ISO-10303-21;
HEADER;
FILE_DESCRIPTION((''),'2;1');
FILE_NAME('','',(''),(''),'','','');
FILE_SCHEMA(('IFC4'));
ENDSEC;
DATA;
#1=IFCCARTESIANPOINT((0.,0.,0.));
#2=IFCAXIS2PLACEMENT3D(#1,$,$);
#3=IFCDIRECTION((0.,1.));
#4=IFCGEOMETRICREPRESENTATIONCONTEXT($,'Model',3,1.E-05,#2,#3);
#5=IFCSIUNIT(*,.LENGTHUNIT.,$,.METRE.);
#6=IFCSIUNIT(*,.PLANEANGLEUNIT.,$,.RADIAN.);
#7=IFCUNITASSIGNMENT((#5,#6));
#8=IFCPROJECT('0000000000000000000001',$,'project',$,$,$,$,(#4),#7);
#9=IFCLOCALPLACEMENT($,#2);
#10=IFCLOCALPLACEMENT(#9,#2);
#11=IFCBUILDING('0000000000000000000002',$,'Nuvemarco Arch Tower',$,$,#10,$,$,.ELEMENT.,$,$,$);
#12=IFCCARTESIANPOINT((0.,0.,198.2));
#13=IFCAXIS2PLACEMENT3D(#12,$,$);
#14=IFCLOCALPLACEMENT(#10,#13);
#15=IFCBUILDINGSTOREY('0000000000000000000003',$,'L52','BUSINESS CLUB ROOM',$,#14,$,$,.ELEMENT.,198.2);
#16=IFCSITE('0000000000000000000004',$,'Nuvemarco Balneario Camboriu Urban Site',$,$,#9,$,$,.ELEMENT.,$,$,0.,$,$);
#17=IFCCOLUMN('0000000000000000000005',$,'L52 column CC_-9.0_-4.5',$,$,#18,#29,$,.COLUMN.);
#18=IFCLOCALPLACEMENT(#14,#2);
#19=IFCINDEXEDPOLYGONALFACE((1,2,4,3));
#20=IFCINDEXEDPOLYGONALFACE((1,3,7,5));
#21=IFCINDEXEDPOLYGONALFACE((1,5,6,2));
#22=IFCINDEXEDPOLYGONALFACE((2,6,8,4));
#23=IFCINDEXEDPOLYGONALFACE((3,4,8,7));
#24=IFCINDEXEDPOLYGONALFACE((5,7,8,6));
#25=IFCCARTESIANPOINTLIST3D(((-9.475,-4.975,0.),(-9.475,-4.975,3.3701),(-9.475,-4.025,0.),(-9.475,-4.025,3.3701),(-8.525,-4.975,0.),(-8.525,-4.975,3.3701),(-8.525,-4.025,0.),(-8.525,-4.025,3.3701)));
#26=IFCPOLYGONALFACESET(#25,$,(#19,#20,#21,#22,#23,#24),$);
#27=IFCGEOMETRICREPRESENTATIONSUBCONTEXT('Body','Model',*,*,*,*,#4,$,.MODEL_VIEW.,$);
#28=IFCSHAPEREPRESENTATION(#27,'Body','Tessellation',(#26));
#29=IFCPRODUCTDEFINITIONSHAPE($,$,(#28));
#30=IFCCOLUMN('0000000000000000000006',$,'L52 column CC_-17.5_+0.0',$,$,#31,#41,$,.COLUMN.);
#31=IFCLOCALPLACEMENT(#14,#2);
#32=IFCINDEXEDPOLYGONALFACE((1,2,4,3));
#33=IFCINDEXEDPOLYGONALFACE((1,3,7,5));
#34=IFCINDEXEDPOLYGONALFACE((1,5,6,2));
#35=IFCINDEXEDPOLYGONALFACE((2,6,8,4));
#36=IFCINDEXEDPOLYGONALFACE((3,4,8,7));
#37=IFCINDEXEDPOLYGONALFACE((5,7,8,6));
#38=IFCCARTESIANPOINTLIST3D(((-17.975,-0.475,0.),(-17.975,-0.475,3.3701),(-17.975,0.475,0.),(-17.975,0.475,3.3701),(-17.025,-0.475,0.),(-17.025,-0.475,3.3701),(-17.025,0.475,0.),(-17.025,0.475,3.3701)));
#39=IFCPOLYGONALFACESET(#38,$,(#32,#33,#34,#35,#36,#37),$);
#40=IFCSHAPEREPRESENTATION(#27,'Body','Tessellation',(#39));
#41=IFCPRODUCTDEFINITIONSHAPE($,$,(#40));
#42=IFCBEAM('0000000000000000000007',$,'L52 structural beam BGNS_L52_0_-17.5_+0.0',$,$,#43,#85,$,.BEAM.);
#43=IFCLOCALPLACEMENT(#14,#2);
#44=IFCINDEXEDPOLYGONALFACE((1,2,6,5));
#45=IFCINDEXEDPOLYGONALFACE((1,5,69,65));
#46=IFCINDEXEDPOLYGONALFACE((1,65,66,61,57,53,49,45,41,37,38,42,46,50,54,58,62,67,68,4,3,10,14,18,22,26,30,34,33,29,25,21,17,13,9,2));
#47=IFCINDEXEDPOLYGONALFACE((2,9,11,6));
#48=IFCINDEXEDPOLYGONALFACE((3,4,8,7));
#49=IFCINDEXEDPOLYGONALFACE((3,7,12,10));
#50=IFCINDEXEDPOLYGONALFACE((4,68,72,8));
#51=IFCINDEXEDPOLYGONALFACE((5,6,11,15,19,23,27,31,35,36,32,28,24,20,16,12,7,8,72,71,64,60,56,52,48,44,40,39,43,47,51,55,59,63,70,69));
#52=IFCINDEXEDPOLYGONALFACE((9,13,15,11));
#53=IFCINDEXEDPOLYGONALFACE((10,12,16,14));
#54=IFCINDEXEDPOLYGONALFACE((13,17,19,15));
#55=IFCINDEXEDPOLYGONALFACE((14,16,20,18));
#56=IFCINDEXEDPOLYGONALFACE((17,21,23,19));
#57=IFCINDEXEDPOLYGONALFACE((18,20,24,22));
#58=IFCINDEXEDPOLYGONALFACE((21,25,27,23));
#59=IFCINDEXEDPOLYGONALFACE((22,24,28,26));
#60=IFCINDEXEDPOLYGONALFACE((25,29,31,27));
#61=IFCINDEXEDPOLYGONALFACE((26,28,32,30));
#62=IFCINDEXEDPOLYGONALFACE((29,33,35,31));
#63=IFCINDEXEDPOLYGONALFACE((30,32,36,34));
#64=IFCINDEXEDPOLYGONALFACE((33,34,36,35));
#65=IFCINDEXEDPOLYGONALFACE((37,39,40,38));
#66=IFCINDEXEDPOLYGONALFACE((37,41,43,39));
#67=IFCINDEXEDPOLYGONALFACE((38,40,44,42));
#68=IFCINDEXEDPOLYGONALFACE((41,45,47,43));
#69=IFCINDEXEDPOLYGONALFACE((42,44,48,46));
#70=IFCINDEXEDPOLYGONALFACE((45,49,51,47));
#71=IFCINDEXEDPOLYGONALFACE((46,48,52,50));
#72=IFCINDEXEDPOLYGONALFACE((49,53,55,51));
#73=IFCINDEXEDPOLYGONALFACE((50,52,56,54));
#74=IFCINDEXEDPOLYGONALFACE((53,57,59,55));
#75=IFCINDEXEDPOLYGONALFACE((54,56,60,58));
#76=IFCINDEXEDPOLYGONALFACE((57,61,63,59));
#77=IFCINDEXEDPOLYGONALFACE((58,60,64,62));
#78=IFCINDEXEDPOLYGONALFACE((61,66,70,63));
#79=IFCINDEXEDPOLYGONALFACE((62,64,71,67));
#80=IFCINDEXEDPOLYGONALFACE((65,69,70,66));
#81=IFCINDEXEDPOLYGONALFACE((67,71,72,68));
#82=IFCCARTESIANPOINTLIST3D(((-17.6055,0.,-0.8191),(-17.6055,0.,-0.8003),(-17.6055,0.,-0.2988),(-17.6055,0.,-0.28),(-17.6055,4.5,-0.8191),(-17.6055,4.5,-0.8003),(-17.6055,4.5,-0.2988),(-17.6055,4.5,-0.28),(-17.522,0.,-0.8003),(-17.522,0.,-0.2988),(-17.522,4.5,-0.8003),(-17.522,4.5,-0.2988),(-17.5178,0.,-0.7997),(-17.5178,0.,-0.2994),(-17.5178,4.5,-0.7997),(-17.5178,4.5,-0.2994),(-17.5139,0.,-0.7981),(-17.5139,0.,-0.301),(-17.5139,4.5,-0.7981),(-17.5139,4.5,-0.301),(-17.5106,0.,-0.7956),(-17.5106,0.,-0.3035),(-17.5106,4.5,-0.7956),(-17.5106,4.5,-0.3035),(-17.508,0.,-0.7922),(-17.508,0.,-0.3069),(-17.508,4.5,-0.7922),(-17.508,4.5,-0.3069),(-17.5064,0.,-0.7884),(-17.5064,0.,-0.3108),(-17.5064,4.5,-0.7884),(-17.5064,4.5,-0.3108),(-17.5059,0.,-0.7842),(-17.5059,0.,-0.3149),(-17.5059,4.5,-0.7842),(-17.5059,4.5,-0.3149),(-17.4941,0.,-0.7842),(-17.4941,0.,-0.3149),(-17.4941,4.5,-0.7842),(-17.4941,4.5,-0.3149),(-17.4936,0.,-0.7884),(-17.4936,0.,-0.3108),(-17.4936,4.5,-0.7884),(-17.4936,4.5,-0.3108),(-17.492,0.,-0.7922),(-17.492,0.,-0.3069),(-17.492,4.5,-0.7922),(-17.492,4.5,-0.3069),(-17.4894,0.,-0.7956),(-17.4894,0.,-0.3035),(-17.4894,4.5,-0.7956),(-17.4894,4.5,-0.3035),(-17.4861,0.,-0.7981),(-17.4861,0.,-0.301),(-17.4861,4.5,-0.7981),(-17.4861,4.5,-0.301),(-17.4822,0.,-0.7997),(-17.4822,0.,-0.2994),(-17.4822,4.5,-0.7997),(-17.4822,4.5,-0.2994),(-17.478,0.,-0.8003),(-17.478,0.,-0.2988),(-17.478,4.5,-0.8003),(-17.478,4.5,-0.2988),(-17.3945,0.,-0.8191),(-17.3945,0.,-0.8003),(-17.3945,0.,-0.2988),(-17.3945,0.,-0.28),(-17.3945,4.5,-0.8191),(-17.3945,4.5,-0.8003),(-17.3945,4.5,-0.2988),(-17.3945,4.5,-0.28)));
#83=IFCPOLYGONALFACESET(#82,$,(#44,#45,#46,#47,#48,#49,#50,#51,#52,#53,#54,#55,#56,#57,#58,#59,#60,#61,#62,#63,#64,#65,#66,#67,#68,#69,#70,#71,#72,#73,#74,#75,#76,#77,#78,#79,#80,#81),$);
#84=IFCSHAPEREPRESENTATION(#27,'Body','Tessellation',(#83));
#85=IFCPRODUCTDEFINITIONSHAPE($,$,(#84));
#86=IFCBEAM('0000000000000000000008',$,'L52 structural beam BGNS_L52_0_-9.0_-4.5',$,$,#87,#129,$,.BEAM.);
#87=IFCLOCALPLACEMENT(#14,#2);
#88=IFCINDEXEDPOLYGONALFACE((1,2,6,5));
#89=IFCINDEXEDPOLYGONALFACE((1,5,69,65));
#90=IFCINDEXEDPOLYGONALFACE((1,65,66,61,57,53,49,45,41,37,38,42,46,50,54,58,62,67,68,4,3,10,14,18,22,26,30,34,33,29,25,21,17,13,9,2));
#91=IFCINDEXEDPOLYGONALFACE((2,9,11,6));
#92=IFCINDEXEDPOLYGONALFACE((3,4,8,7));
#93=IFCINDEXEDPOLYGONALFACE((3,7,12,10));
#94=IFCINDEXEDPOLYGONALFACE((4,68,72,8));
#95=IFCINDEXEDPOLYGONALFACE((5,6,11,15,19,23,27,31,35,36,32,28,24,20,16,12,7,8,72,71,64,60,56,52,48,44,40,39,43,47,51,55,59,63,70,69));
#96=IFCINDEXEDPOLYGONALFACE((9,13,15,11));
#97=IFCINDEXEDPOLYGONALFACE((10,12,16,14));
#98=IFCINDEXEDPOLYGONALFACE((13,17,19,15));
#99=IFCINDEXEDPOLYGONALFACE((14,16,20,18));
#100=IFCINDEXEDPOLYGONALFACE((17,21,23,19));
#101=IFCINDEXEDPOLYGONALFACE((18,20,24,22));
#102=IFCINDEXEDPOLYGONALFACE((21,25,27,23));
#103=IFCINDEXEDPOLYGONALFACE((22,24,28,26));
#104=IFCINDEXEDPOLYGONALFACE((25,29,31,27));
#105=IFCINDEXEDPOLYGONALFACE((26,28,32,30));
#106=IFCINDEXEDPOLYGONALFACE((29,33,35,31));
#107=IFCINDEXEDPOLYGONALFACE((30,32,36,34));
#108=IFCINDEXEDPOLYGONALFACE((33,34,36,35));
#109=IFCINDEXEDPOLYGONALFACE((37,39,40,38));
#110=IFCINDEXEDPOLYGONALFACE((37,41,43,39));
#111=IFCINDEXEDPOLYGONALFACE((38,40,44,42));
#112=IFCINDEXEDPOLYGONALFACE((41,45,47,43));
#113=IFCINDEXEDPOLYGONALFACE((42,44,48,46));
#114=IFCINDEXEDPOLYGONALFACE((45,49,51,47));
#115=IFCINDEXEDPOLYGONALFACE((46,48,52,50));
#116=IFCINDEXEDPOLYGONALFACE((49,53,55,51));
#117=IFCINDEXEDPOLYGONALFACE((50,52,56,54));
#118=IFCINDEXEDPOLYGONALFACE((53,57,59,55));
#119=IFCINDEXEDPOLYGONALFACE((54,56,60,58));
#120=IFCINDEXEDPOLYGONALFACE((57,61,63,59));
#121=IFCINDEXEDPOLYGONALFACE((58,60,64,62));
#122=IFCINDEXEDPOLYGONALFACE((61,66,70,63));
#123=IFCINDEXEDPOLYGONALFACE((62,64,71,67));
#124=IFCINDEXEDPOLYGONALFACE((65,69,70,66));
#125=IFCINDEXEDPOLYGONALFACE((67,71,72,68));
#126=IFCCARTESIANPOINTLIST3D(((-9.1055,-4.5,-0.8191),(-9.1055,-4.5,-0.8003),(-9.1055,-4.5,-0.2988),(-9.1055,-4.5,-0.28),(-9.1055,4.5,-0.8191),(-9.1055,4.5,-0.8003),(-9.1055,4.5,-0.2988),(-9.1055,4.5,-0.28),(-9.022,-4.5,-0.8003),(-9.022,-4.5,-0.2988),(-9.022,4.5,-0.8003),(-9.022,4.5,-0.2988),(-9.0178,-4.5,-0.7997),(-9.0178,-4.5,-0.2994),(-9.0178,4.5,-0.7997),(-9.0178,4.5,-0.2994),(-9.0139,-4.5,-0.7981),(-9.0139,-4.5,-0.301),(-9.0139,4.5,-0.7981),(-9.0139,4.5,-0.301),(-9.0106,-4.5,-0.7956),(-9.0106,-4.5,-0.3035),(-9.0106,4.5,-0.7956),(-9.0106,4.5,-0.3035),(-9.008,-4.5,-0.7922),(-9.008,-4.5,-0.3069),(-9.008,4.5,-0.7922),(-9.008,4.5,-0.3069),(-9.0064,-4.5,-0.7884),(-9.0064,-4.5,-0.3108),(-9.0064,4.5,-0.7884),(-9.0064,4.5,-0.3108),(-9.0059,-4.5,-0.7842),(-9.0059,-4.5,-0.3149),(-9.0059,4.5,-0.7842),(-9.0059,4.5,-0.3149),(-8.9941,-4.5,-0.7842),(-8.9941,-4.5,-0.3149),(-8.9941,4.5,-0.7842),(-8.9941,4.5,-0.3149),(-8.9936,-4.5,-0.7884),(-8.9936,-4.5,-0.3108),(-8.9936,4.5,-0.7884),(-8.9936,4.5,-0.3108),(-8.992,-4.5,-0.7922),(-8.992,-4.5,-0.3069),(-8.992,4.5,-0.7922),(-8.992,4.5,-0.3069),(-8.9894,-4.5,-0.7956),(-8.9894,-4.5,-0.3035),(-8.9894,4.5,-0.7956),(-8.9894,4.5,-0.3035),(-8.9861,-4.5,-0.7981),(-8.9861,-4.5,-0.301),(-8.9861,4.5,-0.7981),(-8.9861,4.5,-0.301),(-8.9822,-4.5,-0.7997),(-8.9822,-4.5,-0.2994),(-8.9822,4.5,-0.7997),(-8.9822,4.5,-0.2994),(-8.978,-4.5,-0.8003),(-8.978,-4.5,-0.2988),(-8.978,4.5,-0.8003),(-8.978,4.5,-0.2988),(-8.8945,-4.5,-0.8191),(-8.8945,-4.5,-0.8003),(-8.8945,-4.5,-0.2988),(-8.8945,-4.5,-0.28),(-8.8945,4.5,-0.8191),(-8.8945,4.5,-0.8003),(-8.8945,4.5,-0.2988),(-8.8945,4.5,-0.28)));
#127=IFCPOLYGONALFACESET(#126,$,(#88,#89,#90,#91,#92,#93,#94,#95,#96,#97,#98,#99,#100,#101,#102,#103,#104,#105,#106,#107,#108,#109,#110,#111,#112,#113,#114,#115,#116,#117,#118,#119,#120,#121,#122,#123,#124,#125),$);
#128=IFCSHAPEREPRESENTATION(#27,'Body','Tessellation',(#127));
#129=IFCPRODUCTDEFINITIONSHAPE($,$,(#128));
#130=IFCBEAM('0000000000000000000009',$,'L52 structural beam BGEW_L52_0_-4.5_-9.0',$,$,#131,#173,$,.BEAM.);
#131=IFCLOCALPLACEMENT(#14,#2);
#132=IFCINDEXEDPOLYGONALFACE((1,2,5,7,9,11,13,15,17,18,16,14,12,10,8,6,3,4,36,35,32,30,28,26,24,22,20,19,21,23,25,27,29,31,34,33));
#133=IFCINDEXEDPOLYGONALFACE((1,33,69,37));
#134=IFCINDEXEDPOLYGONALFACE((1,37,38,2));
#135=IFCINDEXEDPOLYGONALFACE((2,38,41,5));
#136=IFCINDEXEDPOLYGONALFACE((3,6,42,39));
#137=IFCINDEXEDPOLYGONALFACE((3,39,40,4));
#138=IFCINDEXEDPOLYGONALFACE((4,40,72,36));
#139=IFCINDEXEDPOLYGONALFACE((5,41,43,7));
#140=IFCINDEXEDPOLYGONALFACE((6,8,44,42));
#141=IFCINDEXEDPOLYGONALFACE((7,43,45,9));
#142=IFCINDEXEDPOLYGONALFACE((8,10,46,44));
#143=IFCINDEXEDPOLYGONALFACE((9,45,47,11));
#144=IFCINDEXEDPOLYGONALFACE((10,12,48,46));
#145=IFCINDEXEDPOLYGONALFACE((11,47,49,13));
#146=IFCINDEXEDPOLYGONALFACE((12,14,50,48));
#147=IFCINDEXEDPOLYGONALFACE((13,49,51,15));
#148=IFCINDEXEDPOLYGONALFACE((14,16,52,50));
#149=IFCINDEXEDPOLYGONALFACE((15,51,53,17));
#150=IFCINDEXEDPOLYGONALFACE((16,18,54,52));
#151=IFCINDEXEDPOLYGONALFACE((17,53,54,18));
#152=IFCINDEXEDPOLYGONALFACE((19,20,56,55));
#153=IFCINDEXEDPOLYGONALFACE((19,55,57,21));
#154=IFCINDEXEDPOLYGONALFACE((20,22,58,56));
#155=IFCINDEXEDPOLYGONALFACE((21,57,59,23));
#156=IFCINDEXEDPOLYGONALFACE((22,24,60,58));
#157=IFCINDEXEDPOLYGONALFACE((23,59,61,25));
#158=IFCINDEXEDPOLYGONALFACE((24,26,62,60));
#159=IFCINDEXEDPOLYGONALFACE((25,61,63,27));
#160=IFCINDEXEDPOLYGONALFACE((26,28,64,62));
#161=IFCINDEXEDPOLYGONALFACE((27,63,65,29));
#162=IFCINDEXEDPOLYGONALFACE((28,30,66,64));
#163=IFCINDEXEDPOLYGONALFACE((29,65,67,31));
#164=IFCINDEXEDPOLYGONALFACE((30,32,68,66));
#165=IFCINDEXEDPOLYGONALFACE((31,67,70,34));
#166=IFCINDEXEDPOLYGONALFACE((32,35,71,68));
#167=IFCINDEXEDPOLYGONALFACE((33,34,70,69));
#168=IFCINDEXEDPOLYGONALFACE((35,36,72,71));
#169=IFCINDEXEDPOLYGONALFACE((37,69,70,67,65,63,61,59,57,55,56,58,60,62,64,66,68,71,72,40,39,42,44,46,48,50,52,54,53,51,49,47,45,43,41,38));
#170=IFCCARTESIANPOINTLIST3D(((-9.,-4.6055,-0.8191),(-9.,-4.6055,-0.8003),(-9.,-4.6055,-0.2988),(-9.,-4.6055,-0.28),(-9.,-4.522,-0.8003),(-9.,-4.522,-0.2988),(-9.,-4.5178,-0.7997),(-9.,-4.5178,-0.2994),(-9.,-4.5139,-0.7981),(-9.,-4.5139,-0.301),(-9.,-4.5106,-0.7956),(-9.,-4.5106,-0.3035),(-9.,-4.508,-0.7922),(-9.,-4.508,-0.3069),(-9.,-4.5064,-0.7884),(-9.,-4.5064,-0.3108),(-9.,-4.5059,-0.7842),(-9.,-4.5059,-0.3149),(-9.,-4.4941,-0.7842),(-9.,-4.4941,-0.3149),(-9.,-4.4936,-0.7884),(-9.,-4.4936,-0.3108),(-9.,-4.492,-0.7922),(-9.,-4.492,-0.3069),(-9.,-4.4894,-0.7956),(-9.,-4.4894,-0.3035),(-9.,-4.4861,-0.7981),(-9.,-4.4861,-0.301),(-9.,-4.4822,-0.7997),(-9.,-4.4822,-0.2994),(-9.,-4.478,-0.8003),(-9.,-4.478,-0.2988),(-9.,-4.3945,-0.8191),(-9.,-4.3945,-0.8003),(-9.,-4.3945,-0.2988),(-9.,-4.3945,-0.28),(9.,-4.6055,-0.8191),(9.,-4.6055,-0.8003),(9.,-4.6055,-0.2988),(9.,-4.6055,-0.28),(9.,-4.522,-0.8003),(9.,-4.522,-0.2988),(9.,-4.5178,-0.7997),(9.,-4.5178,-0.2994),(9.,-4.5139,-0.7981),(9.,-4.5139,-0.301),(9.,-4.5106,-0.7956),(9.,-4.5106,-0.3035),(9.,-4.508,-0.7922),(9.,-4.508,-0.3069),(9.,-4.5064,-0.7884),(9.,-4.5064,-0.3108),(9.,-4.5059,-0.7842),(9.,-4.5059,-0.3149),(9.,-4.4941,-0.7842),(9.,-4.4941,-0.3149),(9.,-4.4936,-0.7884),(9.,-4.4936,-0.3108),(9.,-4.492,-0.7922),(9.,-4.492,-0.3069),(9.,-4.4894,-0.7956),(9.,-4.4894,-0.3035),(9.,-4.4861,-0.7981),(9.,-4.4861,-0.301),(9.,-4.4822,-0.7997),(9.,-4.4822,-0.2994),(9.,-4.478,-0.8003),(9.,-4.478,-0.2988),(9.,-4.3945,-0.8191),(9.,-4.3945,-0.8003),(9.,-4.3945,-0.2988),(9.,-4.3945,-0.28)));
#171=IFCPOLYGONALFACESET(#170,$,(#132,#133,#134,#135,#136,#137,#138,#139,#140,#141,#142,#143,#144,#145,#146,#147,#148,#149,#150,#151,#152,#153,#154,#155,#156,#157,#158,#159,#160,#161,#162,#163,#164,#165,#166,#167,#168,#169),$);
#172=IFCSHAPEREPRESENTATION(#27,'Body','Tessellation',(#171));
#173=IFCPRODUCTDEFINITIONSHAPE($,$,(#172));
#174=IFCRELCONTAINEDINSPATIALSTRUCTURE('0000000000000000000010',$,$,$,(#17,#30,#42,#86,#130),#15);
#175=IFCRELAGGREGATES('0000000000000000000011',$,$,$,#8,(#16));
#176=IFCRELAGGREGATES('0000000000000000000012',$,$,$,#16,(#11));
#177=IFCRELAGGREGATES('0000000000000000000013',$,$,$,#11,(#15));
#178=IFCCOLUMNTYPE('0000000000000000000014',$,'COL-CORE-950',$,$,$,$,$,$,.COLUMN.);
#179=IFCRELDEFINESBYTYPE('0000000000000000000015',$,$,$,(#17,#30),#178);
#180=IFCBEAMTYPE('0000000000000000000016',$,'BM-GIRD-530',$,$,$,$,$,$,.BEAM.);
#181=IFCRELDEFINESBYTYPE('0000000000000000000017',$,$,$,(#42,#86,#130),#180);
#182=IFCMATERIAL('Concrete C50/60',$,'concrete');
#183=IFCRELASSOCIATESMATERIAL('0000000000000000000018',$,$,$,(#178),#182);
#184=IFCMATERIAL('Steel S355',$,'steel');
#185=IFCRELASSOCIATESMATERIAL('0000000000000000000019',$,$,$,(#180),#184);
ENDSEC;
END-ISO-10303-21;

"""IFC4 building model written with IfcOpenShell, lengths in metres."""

from ifc_helpers import new_model, si_unit, direction, frame, origin, origin_2d, place, context, subcontext, project, spatial, rectangle, i_section, extrude, material, material_profile, profile_set, type_object, element, save


model = new_model("IFC4")

# Units and contexts
model_context = context("Model", 3, precision=1e-05, world=origin(), true_north=direction((0.0, 1.0)))
body_context = subcontext(model_context, "Body", "Model", "MODEL_VIEW")
ifc_project = project(units=[si_unit("LENGTHUNIT", "METRE"), si_unit("PLANEANGLEUNIT", "RADIAN")], contexts=[model_context])

# Site, building, storey
site_placement = place(None, origin())
site = spatial("IfcSite", under=ifc_project, at=site_placement, Name="Nuvemarco Balneario Camboriu Urban Site", CompositionType="ELEMENT", RefElevation=0.0)
building_placement = place(site_placement, origin())
building = spatial("IfcBuilding", under=site, at=building_placement, Name="Nuvemarco Arch Tower", CompositionType="ELEMENT")
storey_placement = place(building_placement, frame((0.0, 0.0, 198.2)))
storey = spatial("IfcBuildingStorey", under=building, at=storey_placement, Name="L52", Description="BUSINESS CLUB ROOM", CompositionType="ELEMENT", Elevation=198.2)

# Columns
ifc_material_1 = material(Name="Concrete C50/60", Category="concrete")
ifc_material_profile_1 = material_profile(ifc_material_1, rectangle(XDim=0.95, YDim=0.95, at=origin_2d()), Name="RC-COL-950x950")
ifc_profile_set_1 = profile_set([ifc_material_profile_1], Name="Concrete C50/60")
column_type = type_object("IfcColumnType", Name="COL-CORE-950", PredefinedType="COLUMN", material=ifc_profile_set_1)
for number, where, z_axis, x_axis, name in (
    (1, (-9.0, -4.5, 0.0), (0.0, 0.0, 1.0), (1.0, 0.0, 0.0), "L52 column CC_-9.0_-4.5"),
    (2, (-17.5, 0.0, 0.0), (0.0, 0.0, 1.0), (1.0, 0.0, 0.0), "L52 column CC_-17.5_+0.0"),
):
    element("IfcColumn", number, at=place(storey_placement, frame(where, z_axis=z_axis, x_axis=x_axis)), inside=storey, type_object=column_type, Name=name, PredefinedType="COLUMN", context=body_context, shape_type="SweptSolid", body=[
        extrude(rectangle(XDim=0.95, YDim=0.95, at=origin_2d()), origin(), (0.0, 0.0, 1.0), 3.3701),
    ])

# Beams
ifc_material_2 = material(Name="Steel S355", Category="steel")
ifc_material_profile_2 = material_profile(ifc_material_2, i_section(OverallWidth=0.2109, OverallDepth=0.5391, WebThickness=0.0117, FlangeThickness=0.0188, FilletRadius=0.0161, at=origin_2d()), Name="W530x109")
ifc_profile_set_2 = profile_set([ifc_material_profile_2], Name="Steel S355")
beam_type = type_object("IfcBeamType", Name="BM-GIRD-530", PredefinedType="BEAM", material=ifc_profile_set_2)
beam_1_placement = place(storey_placement, frame((-17.5, 0.0, -0.5496), z_axis=(0.0, 1.0, 0.0), x_axis=(-1.0, 0.0, 0.0)))
element("IfcBeam", 3, at=beam_1_placement, inside=storey, type_object=beam_type, Name="L52 structural beam BGNS_L52_0_-17.5_+0.0", PredefinedType="BEAM", context=body_context, shape_type="SweptSolid", body=[
    extrude(i_section(OverallWidth=0.2109, OverallDepth=0.5391, WebThickness=0.0117, FlangeThickness=0.0188, FilletRadius=0.0161, at=origin_2d()), origin(), (0.0, 0.0, 1.0), 4.5),
])
beam_2_placement = place(storey_placement, frame((-9.0, -4.5, -0.5496), z_axis=(0.0, 1.0, 0.0), x_axis=(-1.0, 0.0, 0.0)))
element("IfcBeam", 4, at=beam_2_placement, inside=storey, type_object=beam_type, Name="L52 structural beam BGNS_L52_0_-9.0_-4.5", PredefinedType="BEAM", context=body_context, shape_type="SweptSolid", body=[
    extrude(i_section(OverallWidth=0.2109, OverallDepth=0.5391, WebThickness=0.0117, FlangeThickness=0.0188, FilletRadius=0.0161, at=origin_2d()), origin(), (0.0, 0.0, 1.0), 9.0),
])
beam_3_placement = place(storey_placement, frame((-9.0, -4.5, -0.5496), z_axis=(1.0, 0.0, 0.0), x_axis=(0.0, 1.0, 0.0)))
element("IfcBeam", 5, at=beam_3_placement, inside=storey, type_object=beam_type, Name="L52 structural beam BGEW_L52_0_-4.5_-9.0", PredefinedType="BEAM", context=body_context, shape_type="SweptSolid", body=[
    extrude(i_section(OverallWidth=0.2109, OverallDepth=0.5391, WebThickness=0.0117, FlangeThickness=0.0188, FilletRadius=0.0161, at=origin_2d()), origin(), (0.0, 0.0, 1.0), 18.0),
])

save(model, "model.ifc")
